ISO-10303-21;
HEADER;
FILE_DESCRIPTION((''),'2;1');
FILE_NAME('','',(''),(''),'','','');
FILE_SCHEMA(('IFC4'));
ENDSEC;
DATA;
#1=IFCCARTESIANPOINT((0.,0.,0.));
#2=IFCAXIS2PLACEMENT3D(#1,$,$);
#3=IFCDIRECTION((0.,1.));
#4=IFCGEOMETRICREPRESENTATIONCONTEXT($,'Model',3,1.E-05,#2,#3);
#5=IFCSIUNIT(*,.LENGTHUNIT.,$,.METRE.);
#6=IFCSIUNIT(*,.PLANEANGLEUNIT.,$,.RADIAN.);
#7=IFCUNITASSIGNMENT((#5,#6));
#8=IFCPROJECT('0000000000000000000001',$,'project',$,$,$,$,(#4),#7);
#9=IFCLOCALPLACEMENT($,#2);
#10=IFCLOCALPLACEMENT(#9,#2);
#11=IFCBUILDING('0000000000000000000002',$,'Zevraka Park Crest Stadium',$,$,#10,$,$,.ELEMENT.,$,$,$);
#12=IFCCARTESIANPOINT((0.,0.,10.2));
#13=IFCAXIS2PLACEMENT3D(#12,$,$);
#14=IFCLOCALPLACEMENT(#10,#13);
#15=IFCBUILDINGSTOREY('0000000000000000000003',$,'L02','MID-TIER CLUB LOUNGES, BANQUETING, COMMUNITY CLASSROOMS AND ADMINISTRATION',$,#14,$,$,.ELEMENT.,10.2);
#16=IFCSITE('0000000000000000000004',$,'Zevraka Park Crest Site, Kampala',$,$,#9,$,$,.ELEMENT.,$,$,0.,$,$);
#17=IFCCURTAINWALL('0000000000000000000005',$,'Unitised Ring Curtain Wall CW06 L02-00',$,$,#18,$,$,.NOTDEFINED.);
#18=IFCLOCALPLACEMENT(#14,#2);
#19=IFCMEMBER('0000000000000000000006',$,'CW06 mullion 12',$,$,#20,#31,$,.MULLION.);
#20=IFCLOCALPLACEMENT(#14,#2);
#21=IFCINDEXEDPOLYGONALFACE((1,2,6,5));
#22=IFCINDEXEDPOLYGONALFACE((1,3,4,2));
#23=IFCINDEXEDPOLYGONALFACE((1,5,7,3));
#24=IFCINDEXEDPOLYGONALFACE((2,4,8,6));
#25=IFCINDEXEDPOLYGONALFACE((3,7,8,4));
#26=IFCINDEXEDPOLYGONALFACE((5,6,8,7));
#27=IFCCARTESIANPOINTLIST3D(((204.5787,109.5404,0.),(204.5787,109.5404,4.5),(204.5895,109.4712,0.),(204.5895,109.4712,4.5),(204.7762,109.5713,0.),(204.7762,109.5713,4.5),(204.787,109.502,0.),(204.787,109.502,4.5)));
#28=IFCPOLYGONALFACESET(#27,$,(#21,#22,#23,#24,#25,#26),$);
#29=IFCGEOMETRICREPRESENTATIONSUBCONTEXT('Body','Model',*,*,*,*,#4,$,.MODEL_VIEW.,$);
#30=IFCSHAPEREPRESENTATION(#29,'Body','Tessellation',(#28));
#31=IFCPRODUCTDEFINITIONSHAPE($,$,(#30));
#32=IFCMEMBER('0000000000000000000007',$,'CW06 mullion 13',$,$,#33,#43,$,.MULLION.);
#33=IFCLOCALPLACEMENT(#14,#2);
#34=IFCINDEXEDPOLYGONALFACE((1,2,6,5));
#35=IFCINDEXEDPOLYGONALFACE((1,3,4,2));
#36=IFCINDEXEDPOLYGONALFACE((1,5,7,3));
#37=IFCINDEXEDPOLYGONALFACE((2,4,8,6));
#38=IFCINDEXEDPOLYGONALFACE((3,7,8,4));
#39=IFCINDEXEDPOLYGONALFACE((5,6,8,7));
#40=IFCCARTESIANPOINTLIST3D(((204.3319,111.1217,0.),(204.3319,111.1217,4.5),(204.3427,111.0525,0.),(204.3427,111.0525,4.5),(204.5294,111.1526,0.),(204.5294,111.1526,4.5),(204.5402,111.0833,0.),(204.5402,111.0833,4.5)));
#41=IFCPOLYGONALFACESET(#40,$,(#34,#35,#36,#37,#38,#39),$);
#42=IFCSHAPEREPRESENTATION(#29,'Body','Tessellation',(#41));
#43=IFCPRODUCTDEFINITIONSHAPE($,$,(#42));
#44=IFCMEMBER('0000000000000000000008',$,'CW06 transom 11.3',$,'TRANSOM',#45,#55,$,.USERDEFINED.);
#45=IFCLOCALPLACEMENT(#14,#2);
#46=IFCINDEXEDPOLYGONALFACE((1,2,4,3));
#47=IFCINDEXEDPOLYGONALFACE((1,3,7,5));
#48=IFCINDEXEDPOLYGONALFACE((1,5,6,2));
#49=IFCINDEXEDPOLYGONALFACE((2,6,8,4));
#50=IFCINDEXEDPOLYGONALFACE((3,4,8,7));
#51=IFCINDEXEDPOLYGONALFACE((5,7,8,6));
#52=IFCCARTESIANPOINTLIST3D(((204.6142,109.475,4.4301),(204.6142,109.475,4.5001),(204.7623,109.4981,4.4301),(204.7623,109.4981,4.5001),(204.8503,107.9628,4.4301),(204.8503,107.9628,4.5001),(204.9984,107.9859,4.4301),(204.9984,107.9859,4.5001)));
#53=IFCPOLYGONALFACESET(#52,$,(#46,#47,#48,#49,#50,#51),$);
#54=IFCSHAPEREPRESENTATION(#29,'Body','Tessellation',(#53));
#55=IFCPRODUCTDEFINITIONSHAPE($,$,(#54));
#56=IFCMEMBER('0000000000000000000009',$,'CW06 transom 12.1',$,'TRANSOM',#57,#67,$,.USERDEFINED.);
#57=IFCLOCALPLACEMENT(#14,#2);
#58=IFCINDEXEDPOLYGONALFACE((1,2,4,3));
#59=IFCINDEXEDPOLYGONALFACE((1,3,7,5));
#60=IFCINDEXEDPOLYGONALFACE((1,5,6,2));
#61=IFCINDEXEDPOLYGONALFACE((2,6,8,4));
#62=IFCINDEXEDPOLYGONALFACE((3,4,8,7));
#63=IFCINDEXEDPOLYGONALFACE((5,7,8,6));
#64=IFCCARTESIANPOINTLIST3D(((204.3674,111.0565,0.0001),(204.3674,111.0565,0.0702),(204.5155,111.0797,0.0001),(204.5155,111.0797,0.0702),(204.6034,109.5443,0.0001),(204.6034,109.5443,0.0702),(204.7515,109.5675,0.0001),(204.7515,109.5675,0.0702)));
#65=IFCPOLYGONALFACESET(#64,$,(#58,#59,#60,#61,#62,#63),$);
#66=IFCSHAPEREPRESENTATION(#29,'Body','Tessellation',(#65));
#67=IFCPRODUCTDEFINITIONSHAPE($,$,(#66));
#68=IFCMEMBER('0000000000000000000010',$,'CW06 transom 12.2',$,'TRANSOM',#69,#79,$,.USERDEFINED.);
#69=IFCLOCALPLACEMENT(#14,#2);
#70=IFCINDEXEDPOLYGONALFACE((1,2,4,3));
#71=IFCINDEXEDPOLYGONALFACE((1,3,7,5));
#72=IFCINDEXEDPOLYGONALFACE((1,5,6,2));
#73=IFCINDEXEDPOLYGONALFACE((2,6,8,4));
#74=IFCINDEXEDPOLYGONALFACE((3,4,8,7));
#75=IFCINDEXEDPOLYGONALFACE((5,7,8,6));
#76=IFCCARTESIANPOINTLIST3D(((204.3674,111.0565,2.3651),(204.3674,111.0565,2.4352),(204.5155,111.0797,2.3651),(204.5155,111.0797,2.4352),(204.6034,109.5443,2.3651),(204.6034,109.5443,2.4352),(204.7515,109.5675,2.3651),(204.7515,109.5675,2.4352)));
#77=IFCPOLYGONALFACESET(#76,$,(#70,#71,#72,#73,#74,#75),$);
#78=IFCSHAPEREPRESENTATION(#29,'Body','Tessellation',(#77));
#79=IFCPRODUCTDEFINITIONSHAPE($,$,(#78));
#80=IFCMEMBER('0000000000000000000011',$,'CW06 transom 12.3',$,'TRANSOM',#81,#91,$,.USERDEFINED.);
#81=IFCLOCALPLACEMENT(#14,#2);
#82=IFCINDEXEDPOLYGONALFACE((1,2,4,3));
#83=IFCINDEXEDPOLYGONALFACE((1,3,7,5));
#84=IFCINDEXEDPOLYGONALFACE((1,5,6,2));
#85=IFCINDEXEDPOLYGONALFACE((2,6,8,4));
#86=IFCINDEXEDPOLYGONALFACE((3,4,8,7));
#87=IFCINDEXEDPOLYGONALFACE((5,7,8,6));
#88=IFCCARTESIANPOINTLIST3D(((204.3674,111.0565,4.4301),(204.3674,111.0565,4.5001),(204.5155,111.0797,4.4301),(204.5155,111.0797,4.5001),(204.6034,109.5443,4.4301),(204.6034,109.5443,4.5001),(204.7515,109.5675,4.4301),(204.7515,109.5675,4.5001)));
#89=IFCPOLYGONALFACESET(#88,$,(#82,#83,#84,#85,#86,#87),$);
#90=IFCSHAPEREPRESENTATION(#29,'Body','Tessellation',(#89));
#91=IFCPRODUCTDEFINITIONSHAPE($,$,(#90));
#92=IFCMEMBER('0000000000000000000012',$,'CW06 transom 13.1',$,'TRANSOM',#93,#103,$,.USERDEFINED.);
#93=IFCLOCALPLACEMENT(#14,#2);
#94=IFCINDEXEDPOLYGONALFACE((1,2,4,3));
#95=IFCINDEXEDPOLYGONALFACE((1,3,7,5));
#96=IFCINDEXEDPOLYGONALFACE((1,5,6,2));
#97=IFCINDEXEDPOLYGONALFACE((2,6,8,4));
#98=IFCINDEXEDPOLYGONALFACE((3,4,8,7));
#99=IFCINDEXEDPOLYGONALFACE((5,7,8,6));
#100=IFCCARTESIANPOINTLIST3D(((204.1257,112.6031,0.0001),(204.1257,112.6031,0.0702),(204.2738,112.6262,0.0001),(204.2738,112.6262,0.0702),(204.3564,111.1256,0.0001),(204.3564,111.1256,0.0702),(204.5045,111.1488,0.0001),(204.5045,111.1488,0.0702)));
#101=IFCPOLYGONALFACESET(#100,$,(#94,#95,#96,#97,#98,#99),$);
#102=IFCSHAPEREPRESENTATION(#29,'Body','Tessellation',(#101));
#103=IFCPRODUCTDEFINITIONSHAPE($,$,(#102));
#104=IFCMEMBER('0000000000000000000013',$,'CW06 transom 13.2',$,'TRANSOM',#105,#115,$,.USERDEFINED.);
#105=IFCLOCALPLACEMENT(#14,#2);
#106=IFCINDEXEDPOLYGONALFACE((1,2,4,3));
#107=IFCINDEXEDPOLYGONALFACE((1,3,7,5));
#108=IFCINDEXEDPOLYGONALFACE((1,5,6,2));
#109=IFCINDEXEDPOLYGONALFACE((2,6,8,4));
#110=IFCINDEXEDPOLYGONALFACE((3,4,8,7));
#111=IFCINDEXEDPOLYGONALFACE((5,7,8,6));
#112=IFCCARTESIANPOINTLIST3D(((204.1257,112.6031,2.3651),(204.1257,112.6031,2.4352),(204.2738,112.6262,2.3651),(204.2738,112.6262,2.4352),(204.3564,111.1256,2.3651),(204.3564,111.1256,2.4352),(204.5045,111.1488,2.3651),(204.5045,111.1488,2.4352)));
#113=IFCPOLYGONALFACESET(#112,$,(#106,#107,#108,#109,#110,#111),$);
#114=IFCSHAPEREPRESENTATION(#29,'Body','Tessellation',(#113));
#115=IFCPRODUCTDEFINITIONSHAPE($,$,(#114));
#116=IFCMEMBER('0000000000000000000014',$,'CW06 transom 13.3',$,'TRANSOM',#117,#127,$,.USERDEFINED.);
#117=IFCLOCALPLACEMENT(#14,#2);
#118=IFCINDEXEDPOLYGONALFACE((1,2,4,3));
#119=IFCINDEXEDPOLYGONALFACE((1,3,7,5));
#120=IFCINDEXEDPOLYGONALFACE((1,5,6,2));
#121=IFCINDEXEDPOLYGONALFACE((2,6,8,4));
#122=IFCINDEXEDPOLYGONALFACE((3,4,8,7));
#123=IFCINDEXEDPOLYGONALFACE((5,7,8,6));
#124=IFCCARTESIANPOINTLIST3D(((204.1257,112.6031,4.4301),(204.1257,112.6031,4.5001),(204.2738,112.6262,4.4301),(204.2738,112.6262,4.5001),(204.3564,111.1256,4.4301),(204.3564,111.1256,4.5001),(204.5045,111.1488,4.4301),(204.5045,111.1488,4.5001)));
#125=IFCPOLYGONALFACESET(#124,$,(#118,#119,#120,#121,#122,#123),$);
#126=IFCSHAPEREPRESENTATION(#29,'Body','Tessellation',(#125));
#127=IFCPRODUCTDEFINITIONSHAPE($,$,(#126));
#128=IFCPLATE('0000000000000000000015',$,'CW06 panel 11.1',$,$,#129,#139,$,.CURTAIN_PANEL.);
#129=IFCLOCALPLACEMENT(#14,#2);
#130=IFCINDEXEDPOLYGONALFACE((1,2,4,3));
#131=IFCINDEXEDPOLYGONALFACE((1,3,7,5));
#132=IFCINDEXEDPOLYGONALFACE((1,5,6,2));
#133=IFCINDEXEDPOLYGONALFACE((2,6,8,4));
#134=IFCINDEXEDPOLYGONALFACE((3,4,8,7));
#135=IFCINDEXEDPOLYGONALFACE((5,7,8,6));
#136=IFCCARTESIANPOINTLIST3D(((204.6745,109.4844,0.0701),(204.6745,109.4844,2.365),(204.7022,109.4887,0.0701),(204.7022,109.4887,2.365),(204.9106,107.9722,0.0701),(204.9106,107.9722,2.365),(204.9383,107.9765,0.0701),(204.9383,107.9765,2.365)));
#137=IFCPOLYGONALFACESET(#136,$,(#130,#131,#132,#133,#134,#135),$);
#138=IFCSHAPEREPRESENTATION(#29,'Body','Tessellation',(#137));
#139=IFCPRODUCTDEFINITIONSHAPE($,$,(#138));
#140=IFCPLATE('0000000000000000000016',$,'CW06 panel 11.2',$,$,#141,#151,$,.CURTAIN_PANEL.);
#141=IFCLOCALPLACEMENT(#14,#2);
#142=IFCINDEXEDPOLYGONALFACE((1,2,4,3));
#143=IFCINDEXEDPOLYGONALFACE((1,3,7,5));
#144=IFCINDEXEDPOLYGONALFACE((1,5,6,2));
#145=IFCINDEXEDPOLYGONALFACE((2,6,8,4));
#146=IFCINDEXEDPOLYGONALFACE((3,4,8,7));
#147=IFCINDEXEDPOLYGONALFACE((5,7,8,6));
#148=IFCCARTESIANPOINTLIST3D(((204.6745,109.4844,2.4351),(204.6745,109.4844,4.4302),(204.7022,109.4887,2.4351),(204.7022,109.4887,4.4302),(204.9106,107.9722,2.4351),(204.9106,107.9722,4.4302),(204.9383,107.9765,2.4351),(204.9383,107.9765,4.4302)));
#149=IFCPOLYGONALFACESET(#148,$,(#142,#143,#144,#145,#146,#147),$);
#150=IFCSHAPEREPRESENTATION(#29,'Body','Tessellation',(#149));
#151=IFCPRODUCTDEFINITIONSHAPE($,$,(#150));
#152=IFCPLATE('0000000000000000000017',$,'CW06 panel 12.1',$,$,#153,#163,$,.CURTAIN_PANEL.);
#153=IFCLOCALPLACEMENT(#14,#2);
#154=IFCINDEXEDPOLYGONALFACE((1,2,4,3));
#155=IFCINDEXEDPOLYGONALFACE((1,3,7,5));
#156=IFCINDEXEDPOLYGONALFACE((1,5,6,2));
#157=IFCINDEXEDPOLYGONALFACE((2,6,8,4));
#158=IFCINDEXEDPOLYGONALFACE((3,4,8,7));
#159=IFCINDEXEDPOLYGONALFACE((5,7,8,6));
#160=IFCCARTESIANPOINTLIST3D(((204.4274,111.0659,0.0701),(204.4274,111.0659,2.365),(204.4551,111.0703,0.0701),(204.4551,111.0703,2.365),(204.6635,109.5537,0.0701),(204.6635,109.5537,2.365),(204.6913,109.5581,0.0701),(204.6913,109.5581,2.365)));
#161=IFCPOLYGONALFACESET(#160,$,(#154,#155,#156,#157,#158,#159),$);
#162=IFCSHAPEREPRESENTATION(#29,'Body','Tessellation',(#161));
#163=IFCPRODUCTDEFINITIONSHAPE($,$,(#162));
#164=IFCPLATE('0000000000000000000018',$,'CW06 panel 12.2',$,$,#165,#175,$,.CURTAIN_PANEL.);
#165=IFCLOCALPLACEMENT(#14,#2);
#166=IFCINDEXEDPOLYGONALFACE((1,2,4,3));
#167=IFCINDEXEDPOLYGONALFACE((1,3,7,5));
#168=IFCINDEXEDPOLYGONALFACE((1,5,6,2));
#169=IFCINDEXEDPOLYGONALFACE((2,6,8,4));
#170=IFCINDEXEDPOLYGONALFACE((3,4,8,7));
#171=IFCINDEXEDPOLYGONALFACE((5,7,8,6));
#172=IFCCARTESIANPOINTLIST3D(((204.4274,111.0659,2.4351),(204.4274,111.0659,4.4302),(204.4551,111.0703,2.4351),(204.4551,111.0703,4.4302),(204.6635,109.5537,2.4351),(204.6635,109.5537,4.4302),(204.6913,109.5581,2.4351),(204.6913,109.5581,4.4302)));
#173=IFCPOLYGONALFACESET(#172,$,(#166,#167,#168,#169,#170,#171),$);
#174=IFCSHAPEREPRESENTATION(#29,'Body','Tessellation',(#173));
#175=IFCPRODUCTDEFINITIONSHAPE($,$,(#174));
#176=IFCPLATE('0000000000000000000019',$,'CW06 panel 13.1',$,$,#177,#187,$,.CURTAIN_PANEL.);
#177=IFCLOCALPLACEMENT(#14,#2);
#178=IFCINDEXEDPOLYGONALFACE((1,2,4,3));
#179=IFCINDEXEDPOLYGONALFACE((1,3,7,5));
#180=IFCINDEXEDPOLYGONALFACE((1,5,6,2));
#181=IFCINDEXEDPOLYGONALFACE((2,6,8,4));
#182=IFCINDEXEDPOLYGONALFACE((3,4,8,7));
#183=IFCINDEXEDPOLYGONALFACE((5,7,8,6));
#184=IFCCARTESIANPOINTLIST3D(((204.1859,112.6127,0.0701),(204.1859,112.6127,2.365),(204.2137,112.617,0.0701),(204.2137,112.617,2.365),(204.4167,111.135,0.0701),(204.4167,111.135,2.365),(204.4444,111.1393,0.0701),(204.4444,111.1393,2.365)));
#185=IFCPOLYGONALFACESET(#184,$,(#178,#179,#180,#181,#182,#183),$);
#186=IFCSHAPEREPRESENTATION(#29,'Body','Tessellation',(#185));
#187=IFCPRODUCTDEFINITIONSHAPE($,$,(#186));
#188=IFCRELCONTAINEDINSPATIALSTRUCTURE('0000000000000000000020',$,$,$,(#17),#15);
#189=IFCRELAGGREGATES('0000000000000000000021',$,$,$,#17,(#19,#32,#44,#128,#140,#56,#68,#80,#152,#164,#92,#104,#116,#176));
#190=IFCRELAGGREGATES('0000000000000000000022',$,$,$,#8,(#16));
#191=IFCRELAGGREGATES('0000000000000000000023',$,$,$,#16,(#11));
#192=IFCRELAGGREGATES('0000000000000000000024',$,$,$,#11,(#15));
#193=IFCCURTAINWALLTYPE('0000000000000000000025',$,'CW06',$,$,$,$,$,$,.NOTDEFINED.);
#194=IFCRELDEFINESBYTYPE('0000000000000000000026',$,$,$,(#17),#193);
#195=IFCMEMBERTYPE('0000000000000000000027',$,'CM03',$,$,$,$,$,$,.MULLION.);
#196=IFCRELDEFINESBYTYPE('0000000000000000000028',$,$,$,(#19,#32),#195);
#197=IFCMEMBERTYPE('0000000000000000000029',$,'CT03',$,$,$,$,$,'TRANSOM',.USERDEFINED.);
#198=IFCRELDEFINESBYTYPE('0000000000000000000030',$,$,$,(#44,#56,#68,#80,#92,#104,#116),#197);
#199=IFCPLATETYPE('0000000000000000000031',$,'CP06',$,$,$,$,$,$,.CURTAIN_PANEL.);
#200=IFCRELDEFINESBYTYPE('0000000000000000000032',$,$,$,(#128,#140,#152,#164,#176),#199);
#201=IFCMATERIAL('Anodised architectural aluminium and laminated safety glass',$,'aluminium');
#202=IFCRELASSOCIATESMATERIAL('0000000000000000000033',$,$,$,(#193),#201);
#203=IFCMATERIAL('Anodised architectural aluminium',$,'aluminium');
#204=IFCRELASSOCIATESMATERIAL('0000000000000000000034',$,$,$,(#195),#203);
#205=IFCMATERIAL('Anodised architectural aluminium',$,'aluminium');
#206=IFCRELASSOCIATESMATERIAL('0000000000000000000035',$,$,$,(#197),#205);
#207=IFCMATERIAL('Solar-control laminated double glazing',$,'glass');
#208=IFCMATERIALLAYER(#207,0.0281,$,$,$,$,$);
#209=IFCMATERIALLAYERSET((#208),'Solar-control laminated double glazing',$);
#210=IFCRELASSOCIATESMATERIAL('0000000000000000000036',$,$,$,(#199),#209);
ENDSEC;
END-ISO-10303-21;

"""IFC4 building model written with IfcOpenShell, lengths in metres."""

from ifc_helpers import new_model, si_unit, direction, frame, origin, origin_2d, place, context, subcontext, project, spatial, rectangle, extrude, material, layer, layer_set, material_profile, profile_set, type_object, element, aggregate, save


model = new_model("IFC4")

# Units and contexts
model_context = context("Model", 3, precision=1e-05, world=origin(), true_north=direction((0.0, 1.0)))
body_context = subcontext(model_context, "Body", "Model", "MODEL_VIEW")
ifc_project = project(units=[si_unit("LENGTHUNIT", "METRE"), si_unit("PLANEANGLEUNIT", "RADIAN")], contexts=[model_context])

# Site, building, storey
site_placement = place(None, origin())
site = spatial("IfcSite", under=ifc_project, at=site_placement, Name="Zevraka Park Crest Site, Kampala", CompositionType="ELEMENT", RefElevation=0.0)
building_placement = place(site_placement, origin())
building = spatial("IfcBuilding", under=site, at=building_placement, Name="Zevraka Park Crest Stadium", CompositionType="ELEMENT")
storey_placement = place(building_placement, frame((0.0, 0.0, 10.2)))
storey = spatial("IfcBuildingStorey", under=building, at=storey_placement, Name="L02", Description="MID-TIER CLUB LOUNGES, BANQUETING, COMMUNITY CLASSROOMS AND ADMINISTRATION", CompositionType="ELEMENT", Elevation=10.2)

# Curtain wall, members, plates
ifc_material_1 = material(Name="Anodised architectural aluminium and laminated safety glass", Category="aluminium")
curtain_wall_type = type_object("IfcCurtainWallType", Name="CW06", PredefinedType="NOTDEFINED", material=ifc_material_1)
curtain_wall_placement = place(storey_placement, origin())
curtain_wall = element("IfcCurtainWall", 1, at=curtain_wall_placement, inside=storey, type_object=curtain_wall_type, Name="Unitised Ring Curtain Wall CW06 L02-00", PredefinedType="NOTDEFINED")
ifc_material_2 = material(Name="Anodised architectural aluminium", Category="aluminium")
ifc_material_profile_1 = material_profile(ifc_material_2, rectangle(XDim=0.2, YDim=0.0701, at=origin_2d()), Name="ALU MULLION 200x70")
ifc_profile_set_1 = profile_set([ifc_material_profile_1], Name="Anodised architectural aluminium")
member_type_1 = type_object("IfcMemberType", Name="CM03", PredefinedType="MULLION", material=ifc_profile_set_1)
member_1_placement = place(storey_placement, frame((204.6829, 109.5212, 0.0), z_axis=(0.0, 0.0, 1.0), x_axis=(-0.988028, -0.154274, 0.0)))
member_1 = element("IfcMember", 2, at=member_1_placement, type_object=member_type_1, Name="CW06 mullion 12", PredefinedType="MULLION", context=body_context, shape_type="SweptSolid", body=[
    extrude(rectangle(XDim=0.2, YDim=0.0701, at=origin_2d()), origin(), (0.0, 0.0, 1.0), 4.5),
])
member_2_placement = place(storey_placement, frame((204.436, 111.1025, 0.0), z_axis=(0.0, 0.0, 1.0), x_axis=(-0.988028, -0.154274, 0.0)))
member_2 = element("IfcMember", 3, at=member_2_placement, type_object=member_type_1, Name="CW06 mullion 13", PredefinedType="MULLION", context=body_context, shape_type="SweptSolid", body=[
    extrude(rectangle(XDim=0.2, YDim=0.0701, at=origin_2d()), origin(), (0.0, 0.0, 1.0), 4.5),
])
ifc_material_3 = material(Name="Anodised architectural aluminium", Category="aluminium")
ifc_material_profile_2 = material_profile(ifc_material_3, rectangle(XDim=0.1499, YDim=0.0701, at=origin_2d()), Name="ALU TRANSOM 150x70")
ifc_profile_set_2 = profile_set([ifc_material_profile_2], Name="Anodised architectural aluminium")
member_type_2 = type_object("IfcMemberType", Name="CT03", ElementType="TRANSOM", PredefinedType="USERDEFINED", material=ifc_profile_set_2)
member_3_placement = place(storey_placement, frame((204.9243, 107.9744, 4.4651), z_axis=(-0.15425, 0.988032, 0.0), x_axis=(-0.988032, -0.15425, 0.0)))
member_3 = element("IfcMember", 4, at=member_3_placement, type_object=member_type_2, Name="CW06 transom 11.3", ObjectType="TRANSOM", PredefinedType="USERDEFINED", context=body_context, shape_type="SweptSolid", body=[
    extrude(rectangle(XDim=0.1499, YDim=0.0701, at=origin_2d()), origin(), (0.0, 0.0, 1.0), 1.5305),
])
member_4_placement = place(storey_placement, frame((204.6775, 109.5559, 0.0352), z_axis=(-0.15425, 0.988032, 0.0), x_axis=(-0.988032, -0.15425, 0.0)))
member_4 = element("IfcMember", 5, at=member_4_placement, type_object=member_type_2, Name="CW06 transom 12.1", ObjectType="TRANSOM", PredefinedType="USERDEFINED", context=body_context, shape_type="SweptSolid", body=[
    extrude(rectangle(XDim=0.1499, YDim=0.0701, at=origin_2d()), origin(), (0.0, 0.0, 1.0), 1.5305),
])
member_5_placement = place(storey_placement, frame((204.6775, 109.5559, 2.4001), z_axis=(-0.15425, 0.988032, 0.0), x_axis=(-0.988032, -0.15425, 0.0)))
member_5 = element("IfcMember", 6, at=member_5_placement, type_object=member_type_2, Name="CW06 transom 12.2", ObjectType="TRANSOM", PredefinedType="USERDEFINED", context=body_context, shape_type="SweptSolid", body=[
    extrude(rectangle(XDim=0.1499, YDim=0.0701, at=origin_2d()), origin(), (0.0, 0.0, 1.0), 1.5305),
])
member_6_placement = place(storey_placement, frame((204.6775, 109.5559, 4.4651), z_axis=(-0.15425, 0.988032, 0.0), x_axis=(-0.988032, -0.15425, 0.0)))
member_6 = element("IfcMember", 7, at=member_6_placement, type_object=member_type_2, Name="CW06 transom 12.3", ObjectType="TRANSOM", PredefinedType="USERDEFINED", context=body_context, shape_type="SweptSolid", body=[
    extrude(rectangle(XDim=0.1499, YDim=0.0701, at=origin_2d()), origin(), (0.0, 0.0, 1.0), 1.5305),
])
member_7_placement = place(storey_placement, frame((204.4304, 111.1372, 0.0352), z_axis=(-0.154277, 0.988028, 0.0), x_axis=(-0.988028, -0.154277, 0.0)))
member_7 = element("IfcMember", 8, at=member_7_placement, type_object=member_type_2, Name="CW06 transom 13.1", ObjectType="TRANSOM", PredefinedType="USERDEFINED", context=body_context, shape_type="SweptSolid", body=[
    extrude(rectangle(XDim=0.1499, YDim=0.0701, at=origin_2d()), origin(), (0.0, 0.0, 1.0), 1.4954),
])
member_8_placement = place(storey_placement, frame((204.4304, 111.1372, 2.4001), z_axis=(-0.154277, 0.988028, 0.0), x_axis=(-0.988028, -0.154277, 0.0)))
member_8 = element("IfcMember", 9, at=member_8_placement, type_object=member_type_2, Name="CW06 transom 13.2", ObjectType="TRANSOM", PredefinedType="USERDEFINED", context=body_context, shape_type="SweptSolid", body=[
    extrude(rectangle(XDim=0.1499, YDim=0.0701, at=origin_2d()), origin(), (0.0, 0.0, 1.0), 1.4954),
])
member_9_placement = place(storey_placement, frame((204.4304, 111.1372, 4.4651), z_axis=(-0.154277, 0.988028, 0.0), x_axis=(-0.988028, -0.154277, 0.0)))
member_9 = element("IfcMember", 10, at=member_9_placement, type_object=member_type_2, Name="CW06 transom 13.3", ObjectType="TRANSOM", PredefinedType="USERDEFINED", context=body_context, shape_type="SweptSolid", body=[
    extrude(rectangle(XDim=0.1499, YDim=0.0701, at=origin_2d()), origin(), (0.0, 0.0, 1.0), 1.4954),
])
ifc_material_4 = material(Name="Solar-control laminated double glazing", Category="glass")
ifc_layer_1 = layer(ifc_material_4, 0.0281)
ifc_layer_set_1 = layer_set([ifc_layer_1], Name="Solar-control laminated double glazing")
plate_type = type_object("IfcPlateType", Name="CP06", PredefinedType="CURTAIN_PANEL", material=ifc_layer_set_1)
plate_1_placement = place(storey_placement, frame((204.8064, 108.7305, 0.0701), z_axis=(0.0, 0.0, 1.0), x_axis=(-0.154274, 0.988028, 0.0)))
plate_1 = element("IfcPlate", 11, at=plate_1_placement, type_object=plate_type, Name="CW06 panel 11.1", PredefinedType="CURTAIN_PANEL", context=body_context, shape_type="SweptSolid", body=[
    extrude(rectangle(XDim=1.5305, YDim=0.0281, at=origin_2d()), origin(), (0.0, 0.0, 1.0), 2.2949),
])
plate_2_placement = place(storey_placement, frame((204.8064, 108.7305, 2.4351), z_axis=(0.0, 0.0, 1.0), x_axis=(-0.154274, 0.988028, 0.0)))
plate_2 = element("IfcPlate", 12, at=plate_2_placement, type_object=plate_type, Name="CW06 panel 11.2", PredefinedType="CURTAIN_PANEL", context=body_context, shape_type="SweptSolid", body=[
    extrude(rectangle(XDim=1.5305, YDim=0.0281, at=origin_2d()), origin(), (0.0, 0.0, 1.0), 1.9951),
])
plate_3_placement = place(storey_placement, frame((204.5593, 110.312, 0.0701), z_axis=(0.0, 0.0, 1.0), x_axis=(-0.154274, 0.988028, 0.0)))
plate_3 = element("IfcPlate", 13, at=plate_3_placement, type_object=plate_type, Name="CW06 panel 12.1", PredefinedType="CURTAIN_PANEL", context=body_context, shape_type="SweptSolid", body=[
    extrude(rectangle(XDim=1.5305, YDim=0.0281, at=origin_2d()), origin(), (0.0, 0.0, 1.0), 2.2949),
])
plate_4_placement = place(storey_placement, frame((204.5593, 110.312, 2.4351), z_axis=(0.0, 0.0, 1.0), x_axis=(-0.154274, 0.988028, 0.0)))
plate_4 = element("IfcPlate", 14, at=plate_4_placement, type_object=plate_type, Name="CW06 panel 12.2", PredefinedType="CURTAIN_PANEL", context=body_context, shape_type="SweptSolid", body=[
    extrude(rectangle(XDim=1.5305, YDim=0.0281, at=origin_2d()), origin(), (0.0, 0.0, 1.0), 1.9951),
])
plate_5_placement = place(storey_placement, frame((204.3152, 111.876, 0.0701), z_axis=(0.0, 0.0, 1.0), x_axis=(-0.154274, 0.988028, 0.0)))
plate_5 = element("IfcPlate", 15, at=plate_5_placement, type_object=plate_type, Name="CW06 panel 13.1", PredefinedType="CURTAIN_PANEL", context=body_context, shape_type="SweptSolid", body=[
    extrude(rectangle(XDim=1.4956, YDim=0.0281, at=origin_2d()), origin(), (0.0, 0.0, 1.0), 2.2949),
])
aggregate(curtain_wall, [member_1, member_2, member_3, plate_1, plate_2, member_4, member_5, member_6, plate_3, plate_4, member_7, member_8, member_9, plate_5])

save(model, "model.ifc")
